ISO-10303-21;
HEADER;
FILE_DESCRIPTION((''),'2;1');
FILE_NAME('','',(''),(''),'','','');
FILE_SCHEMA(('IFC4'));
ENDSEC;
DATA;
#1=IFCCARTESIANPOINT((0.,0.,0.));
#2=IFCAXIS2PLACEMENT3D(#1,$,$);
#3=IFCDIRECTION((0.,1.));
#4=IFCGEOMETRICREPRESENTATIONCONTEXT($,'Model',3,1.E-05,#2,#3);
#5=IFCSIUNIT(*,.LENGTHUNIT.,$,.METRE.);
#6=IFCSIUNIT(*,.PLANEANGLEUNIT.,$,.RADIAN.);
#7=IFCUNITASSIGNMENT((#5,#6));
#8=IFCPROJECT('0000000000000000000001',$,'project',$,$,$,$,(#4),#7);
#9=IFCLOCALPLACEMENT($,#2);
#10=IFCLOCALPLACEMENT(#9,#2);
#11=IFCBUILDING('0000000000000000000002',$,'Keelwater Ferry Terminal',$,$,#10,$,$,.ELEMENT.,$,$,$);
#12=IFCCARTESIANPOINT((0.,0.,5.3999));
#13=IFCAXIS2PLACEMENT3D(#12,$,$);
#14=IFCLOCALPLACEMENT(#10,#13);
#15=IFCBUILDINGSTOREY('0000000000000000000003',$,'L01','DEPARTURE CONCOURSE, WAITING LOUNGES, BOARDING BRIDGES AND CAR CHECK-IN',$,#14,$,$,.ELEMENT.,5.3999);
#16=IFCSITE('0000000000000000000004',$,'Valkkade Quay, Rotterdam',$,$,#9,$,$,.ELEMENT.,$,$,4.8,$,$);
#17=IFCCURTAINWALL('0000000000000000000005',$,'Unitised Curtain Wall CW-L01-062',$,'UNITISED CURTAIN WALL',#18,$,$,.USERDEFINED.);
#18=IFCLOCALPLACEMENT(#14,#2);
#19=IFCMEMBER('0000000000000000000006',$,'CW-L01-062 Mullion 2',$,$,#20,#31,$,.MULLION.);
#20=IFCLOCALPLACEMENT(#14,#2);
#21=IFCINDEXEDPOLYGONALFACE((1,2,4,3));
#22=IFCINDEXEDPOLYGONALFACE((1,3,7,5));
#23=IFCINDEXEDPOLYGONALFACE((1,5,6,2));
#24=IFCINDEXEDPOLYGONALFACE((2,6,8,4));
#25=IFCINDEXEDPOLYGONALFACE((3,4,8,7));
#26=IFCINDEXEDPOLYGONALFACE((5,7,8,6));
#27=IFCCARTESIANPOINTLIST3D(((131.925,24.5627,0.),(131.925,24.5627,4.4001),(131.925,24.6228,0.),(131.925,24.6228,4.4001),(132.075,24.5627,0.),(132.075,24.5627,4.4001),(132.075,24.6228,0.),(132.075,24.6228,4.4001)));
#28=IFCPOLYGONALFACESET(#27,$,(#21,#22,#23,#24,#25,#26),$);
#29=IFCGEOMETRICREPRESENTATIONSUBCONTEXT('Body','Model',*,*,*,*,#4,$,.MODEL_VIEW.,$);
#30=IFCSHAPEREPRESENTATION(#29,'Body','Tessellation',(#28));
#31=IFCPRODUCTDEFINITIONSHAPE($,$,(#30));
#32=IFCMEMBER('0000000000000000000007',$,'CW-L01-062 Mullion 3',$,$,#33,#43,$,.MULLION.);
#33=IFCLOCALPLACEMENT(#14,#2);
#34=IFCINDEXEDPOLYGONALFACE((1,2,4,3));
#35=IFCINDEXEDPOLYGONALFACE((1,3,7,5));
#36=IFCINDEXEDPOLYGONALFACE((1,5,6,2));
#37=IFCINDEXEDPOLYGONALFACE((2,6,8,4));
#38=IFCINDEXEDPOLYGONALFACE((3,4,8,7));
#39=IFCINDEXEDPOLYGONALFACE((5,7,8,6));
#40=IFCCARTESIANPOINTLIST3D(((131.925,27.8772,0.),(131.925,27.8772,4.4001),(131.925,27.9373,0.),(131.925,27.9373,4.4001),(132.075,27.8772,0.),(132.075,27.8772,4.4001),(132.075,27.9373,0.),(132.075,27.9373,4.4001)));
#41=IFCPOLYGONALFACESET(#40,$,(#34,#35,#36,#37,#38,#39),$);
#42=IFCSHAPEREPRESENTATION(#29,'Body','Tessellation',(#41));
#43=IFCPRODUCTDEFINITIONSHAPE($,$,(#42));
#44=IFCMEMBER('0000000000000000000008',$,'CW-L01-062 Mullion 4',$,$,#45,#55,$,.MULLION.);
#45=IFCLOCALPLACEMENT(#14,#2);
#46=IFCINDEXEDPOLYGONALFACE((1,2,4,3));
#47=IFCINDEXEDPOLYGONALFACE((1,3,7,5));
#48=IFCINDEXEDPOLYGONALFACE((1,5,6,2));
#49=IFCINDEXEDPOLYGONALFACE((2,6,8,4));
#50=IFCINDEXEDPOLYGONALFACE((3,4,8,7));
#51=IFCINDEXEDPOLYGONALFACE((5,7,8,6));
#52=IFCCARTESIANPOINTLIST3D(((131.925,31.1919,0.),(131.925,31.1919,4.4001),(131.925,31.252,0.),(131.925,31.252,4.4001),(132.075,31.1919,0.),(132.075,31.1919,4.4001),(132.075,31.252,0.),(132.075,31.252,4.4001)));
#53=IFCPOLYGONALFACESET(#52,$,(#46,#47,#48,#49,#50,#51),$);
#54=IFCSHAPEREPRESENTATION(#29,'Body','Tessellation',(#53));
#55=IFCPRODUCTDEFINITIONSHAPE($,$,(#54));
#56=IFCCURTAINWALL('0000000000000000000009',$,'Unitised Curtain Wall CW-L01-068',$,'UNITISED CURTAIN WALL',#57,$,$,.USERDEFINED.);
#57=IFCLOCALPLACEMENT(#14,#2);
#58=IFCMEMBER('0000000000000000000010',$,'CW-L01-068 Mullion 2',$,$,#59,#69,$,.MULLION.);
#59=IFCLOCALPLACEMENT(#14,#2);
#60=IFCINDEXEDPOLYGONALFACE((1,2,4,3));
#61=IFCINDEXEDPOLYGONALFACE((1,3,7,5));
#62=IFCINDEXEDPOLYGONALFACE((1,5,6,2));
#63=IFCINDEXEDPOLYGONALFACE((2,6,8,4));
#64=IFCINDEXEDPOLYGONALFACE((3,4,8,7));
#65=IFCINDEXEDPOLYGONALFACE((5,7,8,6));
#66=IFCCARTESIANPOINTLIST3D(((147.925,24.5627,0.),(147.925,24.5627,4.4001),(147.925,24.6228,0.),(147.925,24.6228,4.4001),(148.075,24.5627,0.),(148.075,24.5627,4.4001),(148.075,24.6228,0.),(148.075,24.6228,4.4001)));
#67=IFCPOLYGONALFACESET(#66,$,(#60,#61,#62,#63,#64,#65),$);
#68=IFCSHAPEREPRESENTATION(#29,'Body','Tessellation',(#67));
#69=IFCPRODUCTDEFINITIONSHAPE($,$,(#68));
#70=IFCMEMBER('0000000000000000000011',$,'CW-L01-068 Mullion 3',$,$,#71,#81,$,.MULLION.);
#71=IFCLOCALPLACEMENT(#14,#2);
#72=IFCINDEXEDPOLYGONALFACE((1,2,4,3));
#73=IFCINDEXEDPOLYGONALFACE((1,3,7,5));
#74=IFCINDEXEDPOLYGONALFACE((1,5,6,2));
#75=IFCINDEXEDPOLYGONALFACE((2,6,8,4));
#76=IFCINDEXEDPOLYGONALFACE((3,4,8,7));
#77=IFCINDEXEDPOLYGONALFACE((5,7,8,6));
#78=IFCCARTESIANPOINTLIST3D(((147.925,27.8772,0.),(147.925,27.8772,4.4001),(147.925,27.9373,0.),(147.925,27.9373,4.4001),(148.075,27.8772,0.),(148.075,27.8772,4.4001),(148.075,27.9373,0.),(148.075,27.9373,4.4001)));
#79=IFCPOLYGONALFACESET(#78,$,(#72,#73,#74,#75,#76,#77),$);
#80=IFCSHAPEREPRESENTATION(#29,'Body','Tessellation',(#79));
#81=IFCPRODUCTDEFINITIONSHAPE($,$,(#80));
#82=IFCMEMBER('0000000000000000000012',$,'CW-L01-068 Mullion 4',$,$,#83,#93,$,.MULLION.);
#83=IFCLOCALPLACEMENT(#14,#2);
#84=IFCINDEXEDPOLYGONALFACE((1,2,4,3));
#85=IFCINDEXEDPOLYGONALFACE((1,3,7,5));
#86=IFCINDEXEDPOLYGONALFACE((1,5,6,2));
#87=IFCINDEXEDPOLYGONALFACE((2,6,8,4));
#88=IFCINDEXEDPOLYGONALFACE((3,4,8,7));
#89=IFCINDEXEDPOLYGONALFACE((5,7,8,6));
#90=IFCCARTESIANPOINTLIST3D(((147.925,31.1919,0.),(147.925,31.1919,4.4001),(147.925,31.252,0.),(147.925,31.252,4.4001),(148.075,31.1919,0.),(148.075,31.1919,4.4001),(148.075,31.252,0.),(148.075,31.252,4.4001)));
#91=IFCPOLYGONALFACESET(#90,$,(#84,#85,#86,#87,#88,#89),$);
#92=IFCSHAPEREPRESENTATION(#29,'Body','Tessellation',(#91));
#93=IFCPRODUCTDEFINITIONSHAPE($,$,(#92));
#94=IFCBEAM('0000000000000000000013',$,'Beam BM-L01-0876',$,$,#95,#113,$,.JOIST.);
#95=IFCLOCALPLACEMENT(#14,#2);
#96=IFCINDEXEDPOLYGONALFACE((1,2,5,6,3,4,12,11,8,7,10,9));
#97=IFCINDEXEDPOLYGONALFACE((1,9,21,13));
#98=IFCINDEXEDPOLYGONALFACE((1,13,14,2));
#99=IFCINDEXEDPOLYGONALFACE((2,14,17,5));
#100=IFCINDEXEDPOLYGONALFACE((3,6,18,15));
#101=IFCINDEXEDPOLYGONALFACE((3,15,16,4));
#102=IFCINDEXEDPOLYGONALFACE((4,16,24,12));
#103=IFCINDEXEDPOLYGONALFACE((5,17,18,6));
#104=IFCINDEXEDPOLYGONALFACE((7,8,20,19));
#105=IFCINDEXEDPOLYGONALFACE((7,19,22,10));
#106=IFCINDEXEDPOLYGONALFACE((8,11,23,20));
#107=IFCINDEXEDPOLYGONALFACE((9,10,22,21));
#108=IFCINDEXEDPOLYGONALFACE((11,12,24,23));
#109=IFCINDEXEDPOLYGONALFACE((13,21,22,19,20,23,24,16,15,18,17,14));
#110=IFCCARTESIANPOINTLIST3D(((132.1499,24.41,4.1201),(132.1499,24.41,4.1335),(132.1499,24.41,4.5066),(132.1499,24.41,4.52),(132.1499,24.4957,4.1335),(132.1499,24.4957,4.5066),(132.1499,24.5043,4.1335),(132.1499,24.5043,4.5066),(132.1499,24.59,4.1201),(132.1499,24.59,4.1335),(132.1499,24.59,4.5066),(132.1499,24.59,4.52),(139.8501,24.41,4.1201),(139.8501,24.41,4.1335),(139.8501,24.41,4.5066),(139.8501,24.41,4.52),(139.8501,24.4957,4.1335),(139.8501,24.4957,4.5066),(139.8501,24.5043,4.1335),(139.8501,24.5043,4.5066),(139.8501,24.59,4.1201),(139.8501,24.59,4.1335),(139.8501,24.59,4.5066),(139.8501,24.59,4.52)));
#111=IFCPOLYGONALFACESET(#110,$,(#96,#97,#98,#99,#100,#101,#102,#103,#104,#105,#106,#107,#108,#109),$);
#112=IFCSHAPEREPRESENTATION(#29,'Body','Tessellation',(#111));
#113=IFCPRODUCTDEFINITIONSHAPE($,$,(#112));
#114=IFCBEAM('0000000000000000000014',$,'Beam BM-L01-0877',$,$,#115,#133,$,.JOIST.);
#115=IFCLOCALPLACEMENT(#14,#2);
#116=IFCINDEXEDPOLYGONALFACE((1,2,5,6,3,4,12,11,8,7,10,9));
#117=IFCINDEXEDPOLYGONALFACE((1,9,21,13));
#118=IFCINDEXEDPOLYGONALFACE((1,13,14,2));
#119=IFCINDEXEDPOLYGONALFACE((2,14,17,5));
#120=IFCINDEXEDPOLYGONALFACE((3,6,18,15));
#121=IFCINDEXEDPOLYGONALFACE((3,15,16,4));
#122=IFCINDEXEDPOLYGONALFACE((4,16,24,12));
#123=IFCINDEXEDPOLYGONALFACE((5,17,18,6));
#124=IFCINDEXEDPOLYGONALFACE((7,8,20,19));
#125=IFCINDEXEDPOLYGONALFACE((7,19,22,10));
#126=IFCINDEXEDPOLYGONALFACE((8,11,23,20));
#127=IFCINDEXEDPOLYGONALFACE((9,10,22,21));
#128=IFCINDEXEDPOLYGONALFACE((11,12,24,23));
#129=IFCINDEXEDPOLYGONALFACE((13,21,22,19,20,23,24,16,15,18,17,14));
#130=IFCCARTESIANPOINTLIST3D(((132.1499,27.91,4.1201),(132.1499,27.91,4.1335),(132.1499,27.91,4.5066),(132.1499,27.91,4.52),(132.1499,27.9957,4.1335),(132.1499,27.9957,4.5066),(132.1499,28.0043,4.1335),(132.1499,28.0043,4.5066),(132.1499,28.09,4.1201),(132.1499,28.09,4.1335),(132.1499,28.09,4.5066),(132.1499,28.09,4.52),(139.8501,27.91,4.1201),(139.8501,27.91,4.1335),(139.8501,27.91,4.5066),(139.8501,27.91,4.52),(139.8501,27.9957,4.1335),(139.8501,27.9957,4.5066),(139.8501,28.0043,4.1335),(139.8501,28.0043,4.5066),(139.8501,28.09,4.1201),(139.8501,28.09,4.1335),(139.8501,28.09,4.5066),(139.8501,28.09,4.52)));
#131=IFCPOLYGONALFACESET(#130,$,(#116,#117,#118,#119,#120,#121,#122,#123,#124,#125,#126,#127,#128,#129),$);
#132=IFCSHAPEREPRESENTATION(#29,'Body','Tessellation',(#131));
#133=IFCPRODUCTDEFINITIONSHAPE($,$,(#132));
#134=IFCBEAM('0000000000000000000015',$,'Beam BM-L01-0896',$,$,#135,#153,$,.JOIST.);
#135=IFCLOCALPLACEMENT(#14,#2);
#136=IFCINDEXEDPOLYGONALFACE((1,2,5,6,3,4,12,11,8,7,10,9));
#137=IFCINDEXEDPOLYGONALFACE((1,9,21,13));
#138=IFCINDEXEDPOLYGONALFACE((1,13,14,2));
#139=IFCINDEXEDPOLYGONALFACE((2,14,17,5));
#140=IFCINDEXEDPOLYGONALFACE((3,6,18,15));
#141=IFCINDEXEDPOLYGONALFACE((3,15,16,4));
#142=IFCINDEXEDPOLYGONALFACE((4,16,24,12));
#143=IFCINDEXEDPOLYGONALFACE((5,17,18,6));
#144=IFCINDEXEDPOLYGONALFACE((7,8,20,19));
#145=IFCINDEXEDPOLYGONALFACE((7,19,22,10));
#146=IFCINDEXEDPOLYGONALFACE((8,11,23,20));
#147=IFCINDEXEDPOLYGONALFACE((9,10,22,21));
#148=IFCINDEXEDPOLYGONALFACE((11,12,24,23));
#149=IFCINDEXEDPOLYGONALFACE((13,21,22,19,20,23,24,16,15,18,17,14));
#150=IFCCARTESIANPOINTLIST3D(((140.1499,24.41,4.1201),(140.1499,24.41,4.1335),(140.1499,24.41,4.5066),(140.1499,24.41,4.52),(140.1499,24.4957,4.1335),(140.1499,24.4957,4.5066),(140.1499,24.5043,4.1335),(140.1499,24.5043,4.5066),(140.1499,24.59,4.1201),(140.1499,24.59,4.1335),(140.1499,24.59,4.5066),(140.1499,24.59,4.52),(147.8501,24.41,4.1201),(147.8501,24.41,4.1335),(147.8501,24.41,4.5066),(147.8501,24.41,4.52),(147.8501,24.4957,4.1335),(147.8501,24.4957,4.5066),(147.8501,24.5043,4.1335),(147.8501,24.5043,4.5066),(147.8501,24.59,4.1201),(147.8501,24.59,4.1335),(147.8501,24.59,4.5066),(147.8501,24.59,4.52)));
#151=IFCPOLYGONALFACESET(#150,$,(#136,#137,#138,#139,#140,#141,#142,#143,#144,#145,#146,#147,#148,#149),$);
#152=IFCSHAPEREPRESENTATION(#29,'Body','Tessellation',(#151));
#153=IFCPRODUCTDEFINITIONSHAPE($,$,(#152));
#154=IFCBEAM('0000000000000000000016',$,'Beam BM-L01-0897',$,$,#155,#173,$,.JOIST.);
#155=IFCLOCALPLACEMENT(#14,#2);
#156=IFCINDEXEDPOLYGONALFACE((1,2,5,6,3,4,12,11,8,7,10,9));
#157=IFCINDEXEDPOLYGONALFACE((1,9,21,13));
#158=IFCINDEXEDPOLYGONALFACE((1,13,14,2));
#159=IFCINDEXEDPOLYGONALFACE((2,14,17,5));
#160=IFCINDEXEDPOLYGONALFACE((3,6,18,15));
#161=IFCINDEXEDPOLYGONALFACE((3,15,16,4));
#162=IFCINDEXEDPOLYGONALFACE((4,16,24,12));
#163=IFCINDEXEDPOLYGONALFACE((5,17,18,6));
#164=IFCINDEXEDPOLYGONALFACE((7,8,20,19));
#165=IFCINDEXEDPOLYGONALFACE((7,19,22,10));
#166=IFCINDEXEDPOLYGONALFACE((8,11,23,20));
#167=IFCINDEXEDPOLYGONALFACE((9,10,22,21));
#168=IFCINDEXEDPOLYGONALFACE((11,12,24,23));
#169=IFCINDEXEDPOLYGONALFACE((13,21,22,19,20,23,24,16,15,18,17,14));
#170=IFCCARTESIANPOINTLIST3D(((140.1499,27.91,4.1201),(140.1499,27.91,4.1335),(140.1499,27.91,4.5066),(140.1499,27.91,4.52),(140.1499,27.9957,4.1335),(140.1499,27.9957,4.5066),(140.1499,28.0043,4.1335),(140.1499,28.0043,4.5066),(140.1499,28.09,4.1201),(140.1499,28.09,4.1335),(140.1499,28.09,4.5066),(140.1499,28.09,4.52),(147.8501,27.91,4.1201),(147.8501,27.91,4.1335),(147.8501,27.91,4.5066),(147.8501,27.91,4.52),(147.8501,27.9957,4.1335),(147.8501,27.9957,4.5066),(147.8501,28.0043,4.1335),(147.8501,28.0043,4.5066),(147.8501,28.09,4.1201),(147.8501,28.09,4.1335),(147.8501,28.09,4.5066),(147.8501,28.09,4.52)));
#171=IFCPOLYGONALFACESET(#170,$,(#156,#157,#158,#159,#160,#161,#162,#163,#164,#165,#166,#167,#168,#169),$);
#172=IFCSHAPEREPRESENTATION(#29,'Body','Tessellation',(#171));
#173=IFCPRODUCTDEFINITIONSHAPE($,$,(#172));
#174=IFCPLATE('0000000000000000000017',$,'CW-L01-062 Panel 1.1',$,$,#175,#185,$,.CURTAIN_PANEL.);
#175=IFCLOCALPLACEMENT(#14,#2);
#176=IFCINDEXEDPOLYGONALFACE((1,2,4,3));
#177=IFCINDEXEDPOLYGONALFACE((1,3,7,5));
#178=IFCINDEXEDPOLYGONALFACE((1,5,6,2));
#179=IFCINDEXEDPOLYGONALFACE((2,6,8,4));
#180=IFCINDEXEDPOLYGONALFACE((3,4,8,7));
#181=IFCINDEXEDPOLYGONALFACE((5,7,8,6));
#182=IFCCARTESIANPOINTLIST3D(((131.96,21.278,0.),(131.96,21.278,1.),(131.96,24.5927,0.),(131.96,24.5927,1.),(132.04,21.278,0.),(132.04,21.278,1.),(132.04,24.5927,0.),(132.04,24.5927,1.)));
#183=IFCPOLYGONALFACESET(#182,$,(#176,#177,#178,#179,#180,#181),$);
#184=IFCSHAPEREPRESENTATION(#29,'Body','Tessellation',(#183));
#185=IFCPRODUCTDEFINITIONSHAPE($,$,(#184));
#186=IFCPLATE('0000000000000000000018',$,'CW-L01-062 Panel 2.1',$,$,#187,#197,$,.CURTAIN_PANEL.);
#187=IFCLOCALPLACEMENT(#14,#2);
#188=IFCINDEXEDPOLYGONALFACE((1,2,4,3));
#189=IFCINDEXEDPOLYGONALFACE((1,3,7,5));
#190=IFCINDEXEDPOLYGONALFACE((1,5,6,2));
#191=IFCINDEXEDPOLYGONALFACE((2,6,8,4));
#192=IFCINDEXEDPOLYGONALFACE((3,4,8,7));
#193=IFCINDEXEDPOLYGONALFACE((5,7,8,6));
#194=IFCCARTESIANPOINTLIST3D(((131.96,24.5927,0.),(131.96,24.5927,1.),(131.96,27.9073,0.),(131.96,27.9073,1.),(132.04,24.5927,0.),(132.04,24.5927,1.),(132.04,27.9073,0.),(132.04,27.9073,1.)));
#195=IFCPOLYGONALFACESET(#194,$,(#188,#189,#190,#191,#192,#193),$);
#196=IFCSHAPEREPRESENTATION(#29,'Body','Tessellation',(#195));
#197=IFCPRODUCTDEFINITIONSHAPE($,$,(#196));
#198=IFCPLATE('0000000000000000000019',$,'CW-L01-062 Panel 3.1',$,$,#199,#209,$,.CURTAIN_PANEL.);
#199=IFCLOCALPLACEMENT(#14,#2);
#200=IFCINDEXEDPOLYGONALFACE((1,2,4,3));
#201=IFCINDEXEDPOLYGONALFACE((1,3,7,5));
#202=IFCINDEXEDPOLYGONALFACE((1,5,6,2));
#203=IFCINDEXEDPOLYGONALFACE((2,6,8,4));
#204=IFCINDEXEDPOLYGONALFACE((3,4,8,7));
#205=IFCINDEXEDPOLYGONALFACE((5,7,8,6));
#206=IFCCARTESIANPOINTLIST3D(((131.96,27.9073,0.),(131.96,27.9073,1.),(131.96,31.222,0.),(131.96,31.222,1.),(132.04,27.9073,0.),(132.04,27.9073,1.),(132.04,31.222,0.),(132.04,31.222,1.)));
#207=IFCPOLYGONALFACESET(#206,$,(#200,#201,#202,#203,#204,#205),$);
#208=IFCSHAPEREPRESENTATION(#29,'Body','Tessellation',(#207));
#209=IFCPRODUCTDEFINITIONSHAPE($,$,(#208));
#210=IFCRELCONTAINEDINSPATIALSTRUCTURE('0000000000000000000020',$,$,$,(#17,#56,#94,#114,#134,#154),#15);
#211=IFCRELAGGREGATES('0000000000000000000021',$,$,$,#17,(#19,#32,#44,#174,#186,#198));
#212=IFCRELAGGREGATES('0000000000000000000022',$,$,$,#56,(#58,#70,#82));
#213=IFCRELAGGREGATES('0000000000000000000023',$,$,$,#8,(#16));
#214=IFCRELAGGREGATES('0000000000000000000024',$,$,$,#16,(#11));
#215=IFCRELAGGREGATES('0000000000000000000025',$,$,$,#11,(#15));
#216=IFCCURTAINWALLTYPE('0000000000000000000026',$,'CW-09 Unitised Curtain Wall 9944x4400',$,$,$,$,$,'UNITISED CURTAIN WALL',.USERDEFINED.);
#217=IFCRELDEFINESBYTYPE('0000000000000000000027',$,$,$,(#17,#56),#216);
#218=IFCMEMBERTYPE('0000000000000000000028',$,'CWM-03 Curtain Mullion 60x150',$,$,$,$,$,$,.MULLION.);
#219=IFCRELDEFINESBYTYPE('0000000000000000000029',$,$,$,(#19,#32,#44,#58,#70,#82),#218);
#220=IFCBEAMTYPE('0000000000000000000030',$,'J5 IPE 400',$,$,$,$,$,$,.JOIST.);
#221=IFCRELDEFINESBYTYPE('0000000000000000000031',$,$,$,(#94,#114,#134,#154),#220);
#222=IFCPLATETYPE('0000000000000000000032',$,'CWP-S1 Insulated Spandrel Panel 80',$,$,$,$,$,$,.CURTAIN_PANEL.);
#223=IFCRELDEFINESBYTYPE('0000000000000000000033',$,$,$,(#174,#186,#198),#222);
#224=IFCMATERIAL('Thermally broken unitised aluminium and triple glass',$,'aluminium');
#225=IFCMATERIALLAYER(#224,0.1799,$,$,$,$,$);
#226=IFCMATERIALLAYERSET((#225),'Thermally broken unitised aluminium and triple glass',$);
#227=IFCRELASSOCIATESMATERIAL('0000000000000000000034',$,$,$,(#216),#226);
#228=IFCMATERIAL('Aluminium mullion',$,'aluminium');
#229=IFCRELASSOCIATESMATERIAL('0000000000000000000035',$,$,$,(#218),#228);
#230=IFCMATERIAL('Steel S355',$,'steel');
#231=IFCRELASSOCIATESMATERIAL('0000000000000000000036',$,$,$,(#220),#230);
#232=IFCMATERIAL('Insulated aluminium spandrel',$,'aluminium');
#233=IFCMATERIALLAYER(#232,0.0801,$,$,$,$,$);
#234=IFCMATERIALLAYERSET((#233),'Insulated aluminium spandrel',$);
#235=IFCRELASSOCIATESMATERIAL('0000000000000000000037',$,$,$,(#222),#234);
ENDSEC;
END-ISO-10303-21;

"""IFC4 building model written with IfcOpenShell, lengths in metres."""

from ifc_helpers import new_model, si_unit, direction, frame, origin, origin_2d, place, context, subcontext, project, spatial, rectangle, i_section, extrude, material, layer, layer_set, material_profile, profile_set, type_object, element, aggregate, save


model = new_model("IFC4")

# Units and contexts
model_context = context("Model", 3, precision=1e-05, world=origin(), true_north=direction((0.0, 1.0)))
body_context = subcontext(model_context, "Body", "Model", "MODEL_VIEW")
ifc_project = project(units=[si_unit("LENGTHUNIT", "METRE"), si_unit("PLANEANGLEUNIT", "RADIAN")], contexts=[model_context])

# Site, building, storey
site_placement = place(None, origin())
site = spatial("IfcSite", under=ifc_project, at=site_placement, Name="Valkkade Quay, Rotterdam", CompositionType="ELEMENT", RefElevation=4.8)
building_placement = place(site_placement, origin())
building = spatial("IfcBuilding", under=site, at=building_placement, Name="Keelwater Ferry Terminal", CompositionType="ELEMENT")
storey_placement = place(building_placement, frame((0.0, 0.0, 5.3999)))
storey = spatial("IfcBuildingStorey", under=building, at=storey_placement, Name="L01", Description="DEPARTURE CONCOURSE, WAITING LOUNGES, BOARDING BRIDGES AND CAR CHECK-IN", CompositionType="ELEMENT", Elevation=5.3999)

# Curtain walls, members
ifc_material_1 = material(Name="Thermally broken unitised aluminium and triple glass", Category="aluminium")
ifc_layer_1 = layer(ifc_material_1, 0.1799)
ifc_layer_set_1 = layer_set([ifc_layer_1], Name="Thermally broken unitised aluminium and triple glass")
curtain_wall_type = type_object("IfcCurtainWallType", Name="CW-09 Unitised Curtain Wall 9944x4400", ElementType="UNITISED CURTAIN WALL", PredefinedType="USERDEFINED", material=ifc_layer_set_1)
curtain_wall_1_placement = place(storey_placement, origin())
curtain_wall_1 = element("IfcCurtainWall", 1, at=curtain_wall_1_placement, inside=storey, type_object=curtain_wall_type, Name="Unitised Curtain Wall CW-L01-062", ObjectType="UNITISED CURTAIN WALL", PredefinedType="USERDEFINED")
ifc_material_2 = material(Name="Aluminium mullion", Category="aluminium")
ifc_material_profile_1 = material_profile(ifc_material_2, rectangle(XDim=0.0601, YDim=0.1499, at=origin_2d()), Name="CWM-03")
ifc_profile_set_1 = profile_set([ifc_material_profile_1], Name="Aluminium mullion")
member_type = type_object("IfcMemberType", Name="CWM-03 Curtain Mullion 60x150", PredefinedType="MULLION", material=ifc_profile_set_1)
member_1_placement = place(storey_placement, frame((132.0, 24.5928, 0.0), z_axis=(0.0, 0.0, 1.0), x_axis=(0.0, 1.0, 0.0)))
member_1 = element("IfcMember", 2, at=member_1_placement, type_object=member_type, Name="CW-L01-062 Mullion 2", PredefinedType="MULLION", context=body_context, shape_type="SweptSolid", body=[
    extrude(rectangle(XDim=0.0601, YDim=0.1499, at=origin_2d()), origin(), (0.0, 0.0, 1.0), 4.4001),
])
member_2_placement = place(storey_placement, frame((132.0, 27.9072, 0.0), z_axis=(0.0, 0.0, 1.0), x_axis=(0.0, 1.0, 0.0)))
member_2 = element("IfcMember", 3, at=member_2_placement, type_object=member_type, Name="CW-L01-062 Mullion 3", PredefinedType="MULLION", context=body_context, shape_type="SweptSolid", body=[
    extrude(rectangle(XDim=0.0601, YDim=0.1499, at=origin_2d()), origin(), (0.0, 0.0, 1.0), 4.4001),
])
member_3_placement = place(storey_placement, frame((132.0, 31.2219, 0.0), z_axis=(0.0, 0.0, 1.0), x_axis=(0.0, 1.0, 0.0)))
member_3 = element("IfcMember", 4, at=member_3_placement, type_object=member_type, Name="CW-L01-062 Mullion 4", PredefinedType="MULLION", context=body_context, shape_type="SweptSolid", body=[
    extrude(rectangle(XDim=0.0601, YDim=0.1499, at=origin_2d()), origin(), (0.0, 0.0, 1.0), 4.4001),
])
curtain_wall_2_placement = place(storey_placement, origin())
curtain_wall_2 = element("IfcCurtainWall", 5, at=curtain_wall_2_placement, inside=storey, type_object=curtain_wall_type, Name="Unitised Curtain Wall CW-L01-068", ObjectType="UNITISED CURTAIN WALL", PredefinedType="USERDEFINED")
member_4_placement = place(storey_placement, frame((148.0, 24.5928, 0.0), z_axis=(0.0, 0.0, 1.0), x_axis=(0.0, 1.0, 0.0)))
member_4 = element("IfcMember", 6, at=member_4_placement, type_object=member_type, Name="CW-L01-068 Mullion 2", PredefinedType="MULLION", context=body_context, shape_type="SweptSolid", body=[
    extrude(rectangle(XDim=0.0601, YDim=0.1499, at=origin_2d()), origin(), (0.0, 0.0, 1.0), 4.4001),
])
member_5_placement = place(storey_placement, frame((148.0, 27.9072, 0.0), z_axis=(0.0, 0.0, 1.0), x_axis=(0.0, 1.0, 0.0)))
member_5 = element("IfcMember", 7, at=member_5_placement, type_object=member_type, Name="CW-L01-068 Mullion 3", PredefinedType="MULLION", context=body_context, shape_type="SweptSolid", body=[
    extrude(rectangle(XDim=0.0601, YDim=0.1499, at=origin_2d()), origin(), (0.0, 0.0, 1.0), 4.4001),
])
member_6_placement = place(storey_placement, frame((148.0, 31.2219, 0.0), z_axis=(0.0, 0.0, 1.0), x_axis=(0.0, 1.0, 0.0)))
member_6 = element("IfcMember", 8, at=member_6_placement, type_object=member_type, Name="CW-L01-068 Mullion 4", PredefinedType="MULLION", context=body_context, shape_type="SweptSolid", body=[
    extrude(rectangle(XDim=0.0601, YDim=0.1499, at=origin_2d()), origin(), (0.0, 0.0, 1.0), 4.4001),
])

# Beams
ifc_material_3 = material(Name="Steel S355", Category="steel")
ifc_material_profile_2 = material_profile(ifc_material_3, i_section(OverallWidth=0.1799, OverallDepth=0.3999, WebThickness=0.0085, FlangeThickness=0.0134, at=origin_2d()), Name="IPE 400")
ifc_profile_set_2 = profile_set([ifc_material_profile_2], Name="Steel S355")
beam_type = type_object("IfcBeamType", Name="J5 IPE 400", PredefinedType="JOIST", material=ifc_profile_set_2)
for number, where, z_axis, x_axis, name in (
    (9, (132.1499, 24.5, 4.3201), (1.0, 0.0, 0.0), (0.0, 1.0, 0.0), "Beam BM-L01-0876"),
    (10, (132.1499, 28.0, 4.3201), (1.0, 0.0, 0.0), (0.0, 1.0, 0.0), "Beam BM-L01-0877"),
    (11, (140.1499, 24.5, 4.3201), (1.0, 0.0, 0.0), (0.0, 1.0, 0.0), "Beam BM-L01-0896"),
    (12, (140.1499, 28.0, 4.3201), (1.0, 0.0, 0.0), (0.0, 1.0, 0.0), "Beam BM-L01-0897"),
):
    element("IfcBeam", number, at=place(storey_placement, frame(where, z_axis=z_axis, x_axis=x_axis)), inside=storey, type_object=beam_type, Name=name, PredefinedType="JOIST", context=body_context, shape_type="SweptSolid", body=[
        extrude(i_section(OverallWidth=0.1799, OverallDepth=0.3999, WebThickness=0.0085, FlangeThickness=0.0134, at=origin_2d()), origin(), (0.0, 0.0, 1.0), 7.7002),
    ])

# Plates
ifc_material_4 = material(Name="Insulated aluminium spandrel", Category="aluminium")
ifc_layer_2 = layer(ifc_material_4, 0.0801)
ifc_layer_set_2 = layer_set([ifc_layer_2], Name="Insulated aluminium spandrel")
plate_type_1 = type_object("IfcPlateType", Name="CWP-S1 Insulated Spandrel Panel 80", PredefinedType="CURTAIN_PANEL", material=ifc_layer_set_2)
plate_1_placement = place(storey_placement, frame((132.0, 22.9353, 0.0), z_axis=(0.0, 0.0, 1.0), x_axis=(0.0, 1.0, 0.0)))
plate_1 = element("IfcPlate", 13, at=plate_1_placement, type_object=plate_type_1, Name="CW-L01-062 Panel 1.1", PredefinedType="CURTAIN_PANEL", context=body_context, shape_type="SweptSolid", body=[
    extrude(rectangle(XDim=3.3147, YDim=0.0801, at=origin_2d()), origin(), (0.0, 0.0, 1.0), 1.0),
])
plate_2_placement = place(storey_placement, frame((132.0, 26.25, 0.0), z_axis=(0.0, 0.0, 1.0), x_axis=(0.0, 1.0, 0.0)))
plate_2 = element("IfcPlate", 14, at=plate_2_placement, type_object=plate_type_1, Name="CW-L01-062 Panel 2.1", PredefinedType="CURTAIN_PANEL", context=body_context, shape_type="SweptSolid", body=[
    extrude(rectangle(XDim=3.3147, YDim=0.0801, at=origin_2d()), origin(), (0.0, 0.0, 1.0), 1.0),
])
plate_3_placement = place(storey_placement, frame((132.0, 29.5647, 0.0), z_axis=(0.0, 0.0, 1.0), x_axis=(0.0, 1.0, 0.0)))
plate_3 = element("IfcPlate", 15, at=plate_3_placement, type_object=plate_type_1, Name="CW-L01-062 Panel 3.1", PredefinedType="CURTAIN_PANEL", context=body_context, shape_type="SweptSolid", body=[
    extrude(rectangle(XDim=3.3147, YDim=0.0801, at=origin_2d()), origin(), (0.0, 0.0, 1.0), 1.0),
])
aggregate(curtain_wall_1, [member_1, member_2, member_3, plate_1, plate_2, plate_3])
aggregate(curtain_wall_2, [member_4, member_5, member_6])

save(model, "model.ifc")
